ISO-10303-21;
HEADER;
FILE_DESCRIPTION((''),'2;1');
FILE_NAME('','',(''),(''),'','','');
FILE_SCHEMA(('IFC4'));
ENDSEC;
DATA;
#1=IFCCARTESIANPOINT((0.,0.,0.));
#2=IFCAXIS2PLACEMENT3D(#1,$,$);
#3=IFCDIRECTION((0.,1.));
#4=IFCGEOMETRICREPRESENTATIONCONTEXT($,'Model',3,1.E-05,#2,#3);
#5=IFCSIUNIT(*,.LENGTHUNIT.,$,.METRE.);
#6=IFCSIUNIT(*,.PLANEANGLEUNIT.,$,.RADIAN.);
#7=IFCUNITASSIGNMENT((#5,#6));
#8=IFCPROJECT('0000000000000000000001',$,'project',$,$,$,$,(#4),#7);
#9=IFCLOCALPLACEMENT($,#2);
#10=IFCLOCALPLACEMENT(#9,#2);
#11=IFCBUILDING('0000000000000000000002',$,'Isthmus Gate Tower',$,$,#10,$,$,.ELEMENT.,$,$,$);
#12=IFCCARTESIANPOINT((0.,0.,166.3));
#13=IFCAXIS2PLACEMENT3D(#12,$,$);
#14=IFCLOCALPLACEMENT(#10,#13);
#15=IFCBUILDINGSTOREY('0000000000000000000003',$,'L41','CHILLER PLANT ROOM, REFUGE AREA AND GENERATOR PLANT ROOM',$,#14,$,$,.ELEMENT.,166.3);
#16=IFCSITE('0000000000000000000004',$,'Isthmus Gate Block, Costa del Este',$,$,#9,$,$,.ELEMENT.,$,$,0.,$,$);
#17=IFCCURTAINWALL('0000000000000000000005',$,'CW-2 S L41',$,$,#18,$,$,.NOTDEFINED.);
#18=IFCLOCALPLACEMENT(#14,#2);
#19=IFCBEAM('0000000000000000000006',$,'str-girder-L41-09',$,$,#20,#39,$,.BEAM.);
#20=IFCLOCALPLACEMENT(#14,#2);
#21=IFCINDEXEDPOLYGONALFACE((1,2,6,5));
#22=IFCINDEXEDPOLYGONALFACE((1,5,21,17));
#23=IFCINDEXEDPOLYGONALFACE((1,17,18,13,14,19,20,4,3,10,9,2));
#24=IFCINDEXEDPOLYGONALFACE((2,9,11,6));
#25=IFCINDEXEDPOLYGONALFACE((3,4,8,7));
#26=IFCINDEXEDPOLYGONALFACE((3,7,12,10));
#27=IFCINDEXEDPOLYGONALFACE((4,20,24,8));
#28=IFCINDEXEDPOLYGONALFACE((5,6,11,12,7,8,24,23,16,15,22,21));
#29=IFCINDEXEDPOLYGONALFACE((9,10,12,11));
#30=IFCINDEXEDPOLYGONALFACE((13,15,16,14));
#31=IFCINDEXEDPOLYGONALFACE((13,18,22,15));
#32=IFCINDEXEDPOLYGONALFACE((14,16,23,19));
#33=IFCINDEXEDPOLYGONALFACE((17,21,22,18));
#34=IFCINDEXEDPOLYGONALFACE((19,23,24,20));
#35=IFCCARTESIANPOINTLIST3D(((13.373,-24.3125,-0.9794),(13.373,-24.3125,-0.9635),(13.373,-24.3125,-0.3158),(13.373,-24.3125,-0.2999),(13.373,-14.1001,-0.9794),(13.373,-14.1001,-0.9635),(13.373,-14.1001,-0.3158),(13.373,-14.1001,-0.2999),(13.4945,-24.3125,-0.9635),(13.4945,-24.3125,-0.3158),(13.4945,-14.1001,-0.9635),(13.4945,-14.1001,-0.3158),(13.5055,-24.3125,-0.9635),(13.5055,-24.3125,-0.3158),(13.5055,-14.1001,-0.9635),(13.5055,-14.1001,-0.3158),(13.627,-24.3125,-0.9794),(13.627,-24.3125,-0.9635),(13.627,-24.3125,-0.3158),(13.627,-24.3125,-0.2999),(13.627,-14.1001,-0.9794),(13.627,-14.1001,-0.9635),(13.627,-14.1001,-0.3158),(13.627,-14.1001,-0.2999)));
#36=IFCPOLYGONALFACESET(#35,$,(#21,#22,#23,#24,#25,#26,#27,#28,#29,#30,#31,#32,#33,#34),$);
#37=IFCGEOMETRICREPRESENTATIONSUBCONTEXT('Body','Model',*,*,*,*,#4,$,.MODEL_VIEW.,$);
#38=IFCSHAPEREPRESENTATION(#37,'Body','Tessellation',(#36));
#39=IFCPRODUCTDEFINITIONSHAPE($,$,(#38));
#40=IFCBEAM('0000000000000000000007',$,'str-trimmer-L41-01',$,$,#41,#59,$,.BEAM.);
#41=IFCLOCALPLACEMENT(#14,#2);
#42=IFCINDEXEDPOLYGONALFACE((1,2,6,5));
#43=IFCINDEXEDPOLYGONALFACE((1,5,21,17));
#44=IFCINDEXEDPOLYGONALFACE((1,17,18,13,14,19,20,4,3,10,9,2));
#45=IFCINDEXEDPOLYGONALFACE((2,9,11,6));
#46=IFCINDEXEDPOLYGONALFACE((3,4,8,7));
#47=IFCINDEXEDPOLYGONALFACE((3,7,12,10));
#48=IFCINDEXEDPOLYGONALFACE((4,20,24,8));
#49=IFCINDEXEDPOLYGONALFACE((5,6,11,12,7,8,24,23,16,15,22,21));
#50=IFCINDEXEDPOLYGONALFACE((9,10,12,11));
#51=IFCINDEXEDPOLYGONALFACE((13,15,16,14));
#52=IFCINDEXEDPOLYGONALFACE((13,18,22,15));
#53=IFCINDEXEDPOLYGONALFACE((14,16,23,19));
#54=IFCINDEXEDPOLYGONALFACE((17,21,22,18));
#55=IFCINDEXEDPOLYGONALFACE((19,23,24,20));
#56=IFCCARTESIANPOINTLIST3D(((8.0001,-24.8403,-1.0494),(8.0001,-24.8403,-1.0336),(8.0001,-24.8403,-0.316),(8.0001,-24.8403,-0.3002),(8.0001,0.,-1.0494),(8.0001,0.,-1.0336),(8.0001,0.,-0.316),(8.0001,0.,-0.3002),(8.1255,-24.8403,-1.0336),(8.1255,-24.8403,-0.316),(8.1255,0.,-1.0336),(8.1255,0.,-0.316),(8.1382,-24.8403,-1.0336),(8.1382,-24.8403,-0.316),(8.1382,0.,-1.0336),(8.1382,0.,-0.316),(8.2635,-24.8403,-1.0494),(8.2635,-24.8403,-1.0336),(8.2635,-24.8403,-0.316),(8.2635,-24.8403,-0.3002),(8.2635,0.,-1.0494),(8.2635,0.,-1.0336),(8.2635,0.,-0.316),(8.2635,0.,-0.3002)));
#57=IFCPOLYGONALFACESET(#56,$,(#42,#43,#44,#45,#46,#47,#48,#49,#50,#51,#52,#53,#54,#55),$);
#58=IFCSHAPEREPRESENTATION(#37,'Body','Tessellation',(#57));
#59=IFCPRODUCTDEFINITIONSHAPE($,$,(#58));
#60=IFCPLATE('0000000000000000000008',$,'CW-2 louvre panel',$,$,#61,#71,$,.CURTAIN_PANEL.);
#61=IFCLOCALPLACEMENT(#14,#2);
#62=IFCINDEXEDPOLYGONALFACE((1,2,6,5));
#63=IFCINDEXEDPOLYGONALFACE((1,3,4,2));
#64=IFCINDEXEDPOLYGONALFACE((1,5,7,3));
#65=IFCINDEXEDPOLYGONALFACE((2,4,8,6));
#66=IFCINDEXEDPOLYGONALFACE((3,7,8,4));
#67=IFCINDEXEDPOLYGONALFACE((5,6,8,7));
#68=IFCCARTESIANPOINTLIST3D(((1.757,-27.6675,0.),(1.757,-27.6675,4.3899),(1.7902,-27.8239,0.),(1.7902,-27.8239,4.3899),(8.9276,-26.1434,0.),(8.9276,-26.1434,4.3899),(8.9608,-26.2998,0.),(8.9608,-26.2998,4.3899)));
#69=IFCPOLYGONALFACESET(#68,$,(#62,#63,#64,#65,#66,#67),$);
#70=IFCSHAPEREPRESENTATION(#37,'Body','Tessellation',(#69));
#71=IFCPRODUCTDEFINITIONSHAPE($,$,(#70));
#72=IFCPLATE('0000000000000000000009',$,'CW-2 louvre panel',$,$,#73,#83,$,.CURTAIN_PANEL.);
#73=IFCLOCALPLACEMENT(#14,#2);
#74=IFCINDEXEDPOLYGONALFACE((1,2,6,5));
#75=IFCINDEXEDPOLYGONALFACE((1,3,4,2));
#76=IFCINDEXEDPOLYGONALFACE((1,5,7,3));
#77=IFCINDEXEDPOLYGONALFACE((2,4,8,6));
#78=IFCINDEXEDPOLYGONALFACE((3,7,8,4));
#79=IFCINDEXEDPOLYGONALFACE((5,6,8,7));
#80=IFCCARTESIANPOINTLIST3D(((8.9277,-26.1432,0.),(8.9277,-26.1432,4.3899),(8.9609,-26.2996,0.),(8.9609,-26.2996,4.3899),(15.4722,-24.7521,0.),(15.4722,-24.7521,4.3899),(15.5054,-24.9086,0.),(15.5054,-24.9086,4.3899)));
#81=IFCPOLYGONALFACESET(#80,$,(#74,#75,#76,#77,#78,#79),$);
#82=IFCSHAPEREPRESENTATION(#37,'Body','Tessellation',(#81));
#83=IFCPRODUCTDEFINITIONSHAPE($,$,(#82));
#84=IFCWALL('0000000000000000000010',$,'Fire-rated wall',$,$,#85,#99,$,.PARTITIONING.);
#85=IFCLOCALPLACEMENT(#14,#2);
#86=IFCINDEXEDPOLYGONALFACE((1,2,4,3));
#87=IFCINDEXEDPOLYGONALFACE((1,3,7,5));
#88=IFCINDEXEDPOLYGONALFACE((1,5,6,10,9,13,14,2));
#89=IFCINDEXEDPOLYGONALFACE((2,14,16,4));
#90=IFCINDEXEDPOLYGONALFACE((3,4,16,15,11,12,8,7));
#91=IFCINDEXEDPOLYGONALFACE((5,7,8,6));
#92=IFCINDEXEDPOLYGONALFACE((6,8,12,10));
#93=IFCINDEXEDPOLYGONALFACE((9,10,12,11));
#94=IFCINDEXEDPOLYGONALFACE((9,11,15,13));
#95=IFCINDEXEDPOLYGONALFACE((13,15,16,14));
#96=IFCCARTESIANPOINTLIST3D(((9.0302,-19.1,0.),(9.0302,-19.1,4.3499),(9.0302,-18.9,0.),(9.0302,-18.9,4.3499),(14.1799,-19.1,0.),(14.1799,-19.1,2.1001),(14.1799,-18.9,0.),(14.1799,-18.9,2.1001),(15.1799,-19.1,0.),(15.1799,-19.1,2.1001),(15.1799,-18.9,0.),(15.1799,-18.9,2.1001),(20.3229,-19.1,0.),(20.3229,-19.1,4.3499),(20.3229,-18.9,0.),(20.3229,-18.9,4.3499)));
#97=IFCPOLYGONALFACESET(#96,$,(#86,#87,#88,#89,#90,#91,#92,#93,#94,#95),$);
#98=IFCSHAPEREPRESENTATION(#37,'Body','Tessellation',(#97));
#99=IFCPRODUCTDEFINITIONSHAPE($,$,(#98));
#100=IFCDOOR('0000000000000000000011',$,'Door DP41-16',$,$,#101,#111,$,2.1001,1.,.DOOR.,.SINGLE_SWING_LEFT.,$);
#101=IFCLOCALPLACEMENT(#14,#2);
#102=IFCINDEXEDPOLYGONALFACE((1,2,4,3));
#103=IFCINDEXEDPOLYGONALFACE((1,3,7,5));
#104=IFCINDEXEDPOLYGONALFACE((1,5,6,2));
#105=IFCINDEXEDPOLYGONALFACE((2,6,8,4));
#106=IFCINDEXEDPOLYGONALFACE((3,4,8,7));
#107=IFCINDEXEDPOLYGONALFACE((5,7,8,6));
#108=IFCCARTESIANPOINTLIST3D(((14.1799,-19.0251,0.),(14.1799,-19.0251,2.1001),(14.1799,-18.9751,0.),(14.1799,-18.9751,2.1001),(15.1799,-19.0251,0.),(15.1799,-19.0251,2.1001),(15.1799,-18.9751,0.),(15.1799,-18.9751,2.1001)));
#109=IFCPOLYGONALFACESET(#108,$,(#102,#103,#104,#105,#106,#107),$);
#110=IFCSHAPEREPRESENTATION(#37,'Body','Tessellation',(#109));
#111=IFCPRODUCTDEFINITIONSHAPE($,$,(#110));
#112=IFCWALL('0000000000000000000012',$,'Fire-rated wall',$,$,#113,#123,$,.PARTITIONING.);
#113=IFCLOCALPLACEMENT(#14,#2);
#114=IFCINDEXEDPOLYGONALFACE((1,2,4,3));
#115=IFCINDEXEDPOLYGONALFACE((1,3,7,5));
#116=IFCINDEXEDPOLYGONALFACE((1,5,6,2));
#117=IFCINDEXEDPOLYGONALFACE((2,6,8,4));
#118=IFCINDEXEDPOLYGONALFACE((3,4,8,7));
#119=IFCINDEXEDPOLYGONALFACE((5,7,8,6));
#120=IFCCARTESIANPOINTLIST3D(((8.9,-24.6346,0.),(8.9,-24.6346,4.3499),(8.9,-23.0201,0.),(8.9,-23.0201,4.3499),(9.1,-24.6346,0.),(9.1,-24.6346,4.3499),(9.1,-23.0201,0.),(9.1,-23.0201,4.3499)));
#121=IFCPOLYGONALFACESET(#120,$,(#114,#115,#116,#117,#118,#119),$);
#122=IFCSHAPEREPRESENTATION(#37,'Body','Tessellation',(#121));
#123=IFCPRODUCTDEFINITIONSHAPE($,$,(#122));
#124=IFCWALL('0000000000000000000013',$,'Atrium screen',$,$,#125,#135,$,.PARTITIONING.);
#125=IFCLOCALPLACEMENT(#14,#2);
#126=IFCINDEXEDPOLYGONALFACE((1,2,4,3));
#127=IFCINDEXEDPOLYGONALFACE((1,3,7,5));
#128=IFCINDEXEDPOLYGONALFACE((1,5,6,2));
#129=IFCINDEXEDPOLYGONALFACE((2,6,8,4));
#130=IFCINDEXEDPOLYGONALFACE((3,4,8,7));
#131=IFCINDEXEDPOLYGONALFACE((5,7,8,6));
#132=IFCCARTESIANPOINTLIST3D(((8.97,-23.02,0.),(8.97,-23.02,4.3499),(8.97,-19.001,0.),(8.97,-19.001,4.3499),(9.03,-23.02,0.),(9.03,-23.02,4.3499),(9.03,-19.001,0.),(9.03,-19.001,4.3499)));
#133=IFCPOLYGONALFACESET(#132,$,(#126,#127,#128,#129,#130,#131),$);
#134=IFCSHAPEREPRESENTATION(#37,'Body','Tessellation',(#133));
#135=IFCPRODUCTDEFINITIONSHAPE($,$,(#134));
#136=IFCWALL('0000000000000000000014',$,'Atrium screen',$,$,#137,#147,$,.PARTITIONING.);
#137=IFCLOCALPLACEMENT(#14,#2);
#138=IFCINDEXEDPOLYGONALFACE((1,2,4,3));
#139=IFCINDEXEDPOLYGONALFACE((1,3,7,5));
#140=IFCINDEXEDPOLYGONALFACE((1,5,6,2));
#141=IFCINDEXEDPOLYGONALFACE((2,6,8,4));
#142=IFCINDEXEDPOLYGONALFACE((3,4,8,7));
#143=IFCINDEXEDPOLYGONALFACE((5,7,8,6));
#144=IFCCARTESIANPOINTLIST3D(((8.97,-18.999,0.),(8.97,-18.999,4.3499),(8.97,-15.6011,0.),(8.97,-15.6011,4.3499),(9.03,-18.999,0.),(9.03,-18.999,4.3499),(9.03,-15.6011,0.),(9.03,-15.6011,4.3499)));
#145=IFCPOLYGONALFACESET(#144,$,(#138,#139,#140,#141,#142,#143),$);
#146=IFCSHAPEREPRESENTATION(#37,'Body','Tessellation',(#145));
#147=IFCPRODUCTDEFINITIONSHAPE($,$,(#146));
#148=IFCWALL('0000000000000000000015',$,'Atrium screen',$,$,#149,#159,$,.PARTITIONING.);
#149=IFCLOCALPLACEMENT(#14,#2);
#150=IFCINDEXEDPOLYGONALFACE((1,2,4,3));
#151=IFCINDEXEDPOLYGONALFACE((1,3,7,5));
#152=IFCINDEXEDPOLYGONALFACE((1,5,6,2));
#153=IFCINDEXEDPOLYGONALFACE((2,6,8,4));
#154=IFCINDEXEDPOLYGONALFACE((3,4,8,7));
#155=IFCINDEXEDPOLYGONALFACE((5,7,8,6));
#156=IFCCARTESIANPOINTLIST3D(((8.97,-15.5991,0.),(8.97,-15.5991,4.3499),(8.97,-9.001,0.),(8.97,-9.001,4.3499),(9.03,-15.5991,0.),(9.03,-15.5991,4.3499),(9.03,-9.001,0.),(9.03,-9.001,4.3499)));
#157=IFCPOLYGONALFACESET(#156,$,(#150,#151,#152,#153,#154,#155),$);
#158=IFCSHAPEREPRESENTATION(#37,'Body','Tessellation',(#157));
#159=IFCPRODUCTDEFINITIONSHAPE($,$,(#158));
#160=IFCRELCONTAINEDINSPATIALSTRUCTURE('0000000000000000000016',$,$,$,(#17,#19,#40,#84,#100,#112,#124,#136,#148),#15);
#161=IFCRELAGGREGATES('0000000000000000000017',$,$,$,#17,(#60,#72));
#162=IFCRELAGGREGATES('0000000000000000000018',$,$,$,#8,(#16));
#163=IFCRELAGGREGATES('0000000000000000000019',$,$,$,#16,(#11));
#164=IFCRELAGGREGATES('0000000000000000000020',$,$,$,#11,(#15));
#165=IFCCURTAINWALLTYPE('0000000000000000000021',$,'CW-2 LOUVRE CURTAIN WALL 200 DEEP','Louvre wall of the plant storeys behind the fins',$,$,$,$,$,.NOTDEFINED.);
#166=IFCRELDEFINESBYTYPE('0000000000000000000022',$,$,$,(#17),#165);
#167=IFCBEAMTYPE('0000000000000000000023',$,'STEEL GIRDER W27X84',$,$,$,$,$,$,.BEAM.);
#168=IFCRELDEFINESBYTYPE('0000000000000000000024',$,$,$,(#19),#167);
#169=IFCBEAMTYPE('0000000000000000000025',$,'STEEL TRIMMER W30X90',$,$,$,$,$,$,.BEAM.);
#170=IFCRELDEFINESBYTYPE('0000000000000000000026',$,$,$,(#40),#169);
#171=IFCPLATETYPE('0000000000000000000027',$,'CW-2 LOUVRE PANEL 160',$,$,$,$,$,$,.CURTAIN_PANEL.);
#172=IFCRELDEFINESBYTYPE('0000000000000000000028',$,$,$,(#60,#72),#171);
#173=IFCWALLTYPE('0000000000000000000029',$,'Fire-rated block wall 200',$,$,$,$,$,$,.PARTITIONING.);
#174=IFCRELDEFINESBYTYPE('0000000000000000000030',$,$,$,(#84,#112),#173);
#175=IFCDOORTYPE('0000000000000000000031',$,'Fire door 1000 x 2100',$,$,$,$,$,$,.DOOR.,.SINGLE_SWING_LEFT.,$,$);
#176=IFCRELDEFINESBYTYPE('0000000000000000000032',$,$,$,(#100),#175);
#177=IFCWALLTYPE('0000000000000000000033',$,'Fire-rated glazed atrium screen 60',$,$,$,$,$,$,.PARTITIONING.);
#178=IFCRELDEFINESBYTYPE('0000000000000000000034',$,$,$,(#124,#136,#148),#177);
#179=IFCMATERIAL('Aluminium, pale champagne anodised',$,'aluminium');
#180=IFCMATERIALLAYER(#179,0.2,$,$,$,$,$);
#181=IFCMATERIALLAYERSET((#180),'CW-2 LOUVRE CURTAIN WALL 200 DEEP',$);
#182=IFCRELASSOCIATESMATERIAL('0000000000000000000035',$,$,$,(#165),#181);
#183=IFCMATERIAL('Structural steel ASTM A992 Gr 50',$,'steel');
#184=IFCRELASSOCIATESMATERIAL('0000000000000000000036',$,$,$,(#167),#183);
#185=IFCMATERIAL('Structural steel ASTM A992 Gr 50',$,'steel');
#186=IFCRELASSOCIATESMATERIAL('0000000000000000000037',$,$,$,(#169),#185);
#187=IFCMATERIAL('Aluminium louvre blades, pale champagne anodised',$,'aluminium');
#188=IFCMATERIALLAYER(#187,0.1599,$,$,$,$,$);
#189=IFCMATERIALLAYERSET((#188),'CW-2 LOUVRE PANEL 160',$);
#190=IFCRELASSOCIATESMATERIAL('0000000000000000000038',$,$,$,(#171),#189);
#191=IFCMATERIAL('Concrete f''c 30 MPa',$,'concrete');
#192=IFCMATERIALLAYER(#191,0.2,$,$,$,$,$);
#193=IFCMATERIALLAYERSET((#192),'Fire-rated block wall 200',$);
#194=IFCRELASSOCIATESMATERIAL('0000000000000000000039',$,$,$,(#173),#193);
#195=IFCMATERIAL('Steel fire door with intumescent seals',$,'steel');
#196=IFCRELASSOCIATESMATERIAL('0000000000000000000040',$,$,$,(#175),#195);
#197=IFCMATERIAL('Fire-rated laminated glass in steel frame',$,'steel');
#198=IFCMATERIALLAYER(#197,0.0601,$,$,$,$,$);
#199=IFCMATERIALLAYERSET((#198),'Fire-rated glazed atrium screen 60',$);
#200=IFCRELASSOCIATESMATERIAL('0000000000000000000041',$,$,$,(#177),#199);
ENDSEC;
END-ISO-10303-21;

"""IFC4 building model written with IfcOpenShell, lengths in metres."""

from ifc_helpers import new_model, si_unit, direction, frame, frame_2d, origin, origin_2d, place, context, subcontext, project, spatial, rectangle, i_section, extrude, material, layer, layer_set, material_profile, profile_set, type_object, element, fill, aggregate, save


model = new_model("IFC4")

# Units and contexts
model_context = context("Model", 3, precision=1e-05, world=origin(), true_north=direction((0.0, 1.0)))
body_context = subcontext(model_context, "Body", "Model", "MODEL_VIEW")
ifc_project = project(units=[si_unit("LENGTHUNIT", "METRE"), si_unit("PLANEANGLEUNIT", "RADIAN")], contexts=[model_context])

# Site, building, storey
site_placement = place(None, origin())
site = spatial("IfcSite", under=ifc_project, at=site_placement, Name="Isthmus Gate Block, Costa del Este", CompositionType="ELEMENT", RefElevation=0.0)
building_placement = place(site_placement, origin())
building = spatial("IfcBuilding", under=site, at=building_placement, Name="Isthmus Gate Tower", CompositionType="ELEMENT")
storey_placement = place(building_placement, frame((0.0, 0.0, 166.3)))
storey = spatial("IfcBuildingStorey", under=building, at=storey_placement, Name="L41", Description="CHILLER PLANT ROOM, REFUGE AREA AND GENERATOR PLANT ROOM", CompositionType="ELEMENT", Elevation=166.3)

# Curtain wall
ifc_material_1 = material(Name="Aluminium, pale champagne anodised", Category="aluminium")
ifc_layer_1 = layer(ifc_material_1, 0.2)
ifc_layer_set_1 = layer_set([ifc_layer_1], Name="CW-2 LOUVRE CURTAIN WALL 200 DEEP")
curtain_wall_type = type_object("IfcCurtainWallType", Name="CW-2 LOUVRE CURTAIN WALL 200 DEEP", Description="Louvre wall of the plant storeys behind the fins", PredefinedType="NOTDEFINED", material=ifc_layer_set_1)
curtain_wall_placement = place(storey_placement, origin())
curtain_wall = element("IfcCurtainWall", 1, at=curtain_wall_placement, inside=storey, type_object=curtain_wall_type, Name="CW-2 S L41", PredefinedType="NOTDEFINED")

# Beams
ifc_material_2 = material(Name="Structural steel ASTM A992 Gr 50", Category="steel")
ifc_material_profile_1 = material_profile(ifc_material_2, i_section(OverallWidth=0.2539, OverallDepth=0.6794, WebThickness=0.011, FlangeThickness=0.0159, at=origin_2d()), Name="W27X84")
ifc_profile_set_1 = profile_set([ifc_material_profile_1], Name="Structural steel ASTM A992 Gr 50")
beam_type_1 = type_object("IfcBeamType", Name="STEEL GIRDER W27X84", PredefinedType="BEAM", material=ifc_profile_set_1)
beam_1_placement = place(storey_placement, frame((13.5, -24.3125, -0.6396), z_axis=(0.0, 1.0, 0.0), x_axis=(-1.0, 0.0, 0.0)))
element("IfcBeam", 2, at=beam_1_placement, inside=storey, type_object=beam_type_1, Name="str-girder-L41-09", PredefinedType="BEAM", context=body_context, shape_type="SweptSolid", body=[
    extrude(i_section(OverallWidth=0.2539, OverallDepth=0.6794, WebThickness=0.011, FlangeThickness=0.0159, at=origin_2d()), origin(), (0.0, 0.0, 1.0), 10.2124),
])
ifc_material_3 = material(Name="Structural steel ASTM A992 Gr 50", Category="steel")
ifc_material_profile_2 = material_profile(ifc_material_3, i_section(OverallWidth=0.2634, OverallDepth=0.7493, WebThickness=0.0127, FlangeThickness=0.0159, at=origin_2d()), Name="W30X90")
ifc_profile_set_2 = profile_set([ifc_material_profile_2], Name="Structural steel ASTM A992 Gr 50")
beam_type_2 = type_object("IfcBeamType", Name="STEEL TRIMMER W30X90", PredefinedType="BEAM", material=ifc_profile_set_2)
beam_2_placement = place(storey_placement, frame((8.1318, -24.8403, -0.6748), z_axis=(0.0, 1.0, 0.0), x_axis=(-1.0, 0.0, 0.0)))
element("IfcBeam", 3, at=beam_2_placement, inside=storey, type_object=beam_type_2, Name="str-trimmer-L41-01", PredefinedType="BEAM", context=body_context, shape_type="SweptSolid", body=[
    extrude(i_section(OverallWidth=0.2634, OverallDepth=0.7493, WebThickness=0.0127, FlangeThickness=0.0159, at=origin_2d()), origin(), (0.0, 0.0, 1.0), 24.8403),
])

# Plates
ifc_material_4 = material(Name="Aluminium louvre blades, pale champagne anodised", Category="aluminium")
ifc_layer_2 = layer(ifc_material_4, 0.1599)
ifc_layer_set_2 = layer_set([ifc_layer_2], Name="CW-2 LOUVRE PANEL 160")
plate_type = type_object("IfcPlateType", Name="CW-2 LOUVRE PANEL 160", PredefinedType="CURTAIN_PANEL", material=ifc_layer_set_2)
plate_1_placement = place(storey_placement, frame((5.3589, -26.9836, 0.0), z_axis=(0.0, 0.0, 1.0), x_axis=(0.978148, 0.207912, 0.0)))
plate_1 = element("IfcPlate", 4, at=plate_1_placement, type_object=plate_type, Name="CW-2 louvre panel", PredefinedType="CURTAIN_PANEL", context=body_context, shape_type="SweptSolid", body=[
    extrude(rectangle(XDim=7.3308, YDim=0.1599, at=origin_2d()), origin(), (0.0, 0.0, 1.0), 4.3899),
])
plate_2_placement = place(storey_placement, frame((12.2166, -25.5259, 0.0), z_axis=(0.0, 0.0, 1.0), x_axis=(0.978148, 0.207912, 0.0)))
plate_2 = element("IfcPlate", 5, at=plate_2_placement, type_object=plate_type, Name="CW-2 louvre panel", PredefinedType="CURTAIN_PANEL", context=body_context, shape_type="SweptSolid", body=[
    extrude(rectangle(XDim=6.6907, YDim=0.1599, at=origin_2d()), origin(), (0.0, 0.0, 1.0), 4.3899),
])
aggregate(curtain_wall, [plate_1, plate_2])

# Wall, opening, door
ifc_material_5 = material(Name="Concrete f'c 30 MPa", Category="concrete")
ifc_layer_3 = layer(ifc_material_5, 0.2)
ifc_layer_set_3 = layer_set([ifc_layer_3], Name="Fire-rated block wall 200")
wall_type_1 = type_object("IfcWallType", Name="Fire-rated block wall 200", PredefinedType="PARTITIONING", material=ifc_layer_set_3)
wall_1_placement = place(storey_placement, frame((9.03, -19.0, 0.0), z_axis=(0.0, 0.0, 1.0), x_axis=(1.0, 0.0, 0.0)))
wall_1 = element("IfcWall", 6, at=wall_1_placement, inside=storey, type_object=wall_type_1, Name="Fire-rated wall", PredefinedType="PARTITIONING", context=body_context, shape_type="SweptSolid", body=[
    extrude(rectangle(XDim=11.2927, YDim=0.2, at=frame_2d((5.6465, 0.0))), origin(), (0.0, 0.0, 1.0), 4.3499),
])
opening_placement = place(wall_1_placement, frame((5.1499, 0.0, 0.0)))
opening = element("IfcOpeningElement", 7, at=opening_placement, cuts=wall_1, PredefinedType="OPENING", context=body_context, shape_type="SweptSolid", body=[
    extrude(rectangle(XDim=1.0, YDim=2.1001, at=frame_2d((0.5, 1.05))), frame((0.0, 0.1099, 0.0), z_axis=(0.0, -1.0, 0.0), x_axis=(1.0, 0.0, 0.0)), (0.0, 0.0, 1.0), 0.22),
])
ifc_material_6 = material(Name="Steel fire door with intumescent seals", Category="steel")
door_type = type_object("IfcDoorType", Name="Fire door 1000 x 2100", OperationType="SINGLE_SWING_LEFT", PredefinedType="DOOR", material=ifc_material_6)
door_placement = place(opening_placement, origin())
door = element("IfcDoor", 8, at=door_placement, inside=storey, type_object=door_type, Name="Door DP41-16", OperationType="SINGLE_SWING_LEFT", OverallHeight=2.1001, OverallWidth=1.0, PredefinedType="DOOR", context=body_context, shape_type="SweptSolid", body=[
    extrude(rectangle(XDim=1.0, YDim=2.1001, at=frame_2d((0.5, 1.05))), frame((0.0, 0.0249, 0.0), z_axis=(0.0, -1.0, 0.0), x_axis=(1.0, 0.0, 0.0)), (0.0, 0.0, 1.0), 0.05),
])
fill(opening, door)

# Walls
wall_2_placement = place(storey_placement, frame((9.0, -24.6345, 0.0), z_axis=(0.0, 0.0, 1.0), x_axis=(0.0, 1.0, 0.0)))
element("IfcWall", 9, at=wall_2_placement, inside=storey, type_object=wall_type_1, Name="Fire-rated wall", PredefinedType="PARTITIONING", context=body_context, shape_type="SweptSolid", body=[
    extrude(rectangle(XDim=1.6145, YDim=0.2, at=frame_2d((0.8071, 0.0))), origin(), (0.0, 0.0, 1.0), 4.3499),
])
ifc_material_7 = material(Name="Fire-rated laminated glass in steel frame", Category="steel")
ifc_layer_4 = layer(ifc_material_7, 0.0601)
ifc_layer_set_4 = layer_set([ifc_layer_4], Name="Fire-rated glazed atrium screen 60")
wall_type_2 = type_object("IfcWallType", Name="Fire-rated glazed atrium screen 60", PredefinedType="PARTITIONING", material=ifc_layer_set_4)
wall_3_placement = place(storey_placement, frame((9.0, -23.02, 0.0), z_axis=(0.0, 0.0, 1.0), x_axis=(0.0, 1.0, 0.0)))
element("IfcWall", 10, at=wall_3_placement, inside=storey, type_object=wall_type_2, Name="Atrium screen", PredefinedType="PARTITIONING", context=body_context, shape_type="SweptSolid", body=[
    extrude(rectangle(XDim=4.019, YDim=0.0601, at=frame_2d((2.0095, 0.0))), origin(), (0.0, 0.0, 1.0), 4.3499),
])
wall_4_placement = place(storey_placement, frame((9.0, -18.999, 0.0), z_axis=(0.0, 0.0, 1.0), x_axis=(0.0, 1.0, 0.0)))
element("IfcWall", 11, at=wall_4_placement, inside=storey, type_object=wall_type_2, Name="Atrium screen", PredefinedType="PARTITIONING", context=body_context, shape_type="SweptSolid", body=[
    extrude(rectangle(XDim=3.3979, YDim=0.0601, at=frame_2d((1.699, 0.0))), origin(), (0.0, 0.0, 1.0), 4.3499),
])
wall_5_placement = place(storey_placement, frame((9.0, -15.5991, 0.0), z_axis=(0.0, 0.0, 1.0), x_axis=(0.0, 1.0, 0.0)))
element("IfcWall", 12, at=wall_5_placement, inside=storey, type_object=wall_type_2, Name="Atrium screen", PredefinedType="PARTITIONING", context=body_context, shape_type="SweptSolid", body=[
    extrude(rectangle(XDim=6.5981, YDim=0.0601, at=frame_2d((3.2991, 0.0))), origin(), (0.0, 0.0, 1.0), 4.3499),
])

save(model, "model.ifc")
